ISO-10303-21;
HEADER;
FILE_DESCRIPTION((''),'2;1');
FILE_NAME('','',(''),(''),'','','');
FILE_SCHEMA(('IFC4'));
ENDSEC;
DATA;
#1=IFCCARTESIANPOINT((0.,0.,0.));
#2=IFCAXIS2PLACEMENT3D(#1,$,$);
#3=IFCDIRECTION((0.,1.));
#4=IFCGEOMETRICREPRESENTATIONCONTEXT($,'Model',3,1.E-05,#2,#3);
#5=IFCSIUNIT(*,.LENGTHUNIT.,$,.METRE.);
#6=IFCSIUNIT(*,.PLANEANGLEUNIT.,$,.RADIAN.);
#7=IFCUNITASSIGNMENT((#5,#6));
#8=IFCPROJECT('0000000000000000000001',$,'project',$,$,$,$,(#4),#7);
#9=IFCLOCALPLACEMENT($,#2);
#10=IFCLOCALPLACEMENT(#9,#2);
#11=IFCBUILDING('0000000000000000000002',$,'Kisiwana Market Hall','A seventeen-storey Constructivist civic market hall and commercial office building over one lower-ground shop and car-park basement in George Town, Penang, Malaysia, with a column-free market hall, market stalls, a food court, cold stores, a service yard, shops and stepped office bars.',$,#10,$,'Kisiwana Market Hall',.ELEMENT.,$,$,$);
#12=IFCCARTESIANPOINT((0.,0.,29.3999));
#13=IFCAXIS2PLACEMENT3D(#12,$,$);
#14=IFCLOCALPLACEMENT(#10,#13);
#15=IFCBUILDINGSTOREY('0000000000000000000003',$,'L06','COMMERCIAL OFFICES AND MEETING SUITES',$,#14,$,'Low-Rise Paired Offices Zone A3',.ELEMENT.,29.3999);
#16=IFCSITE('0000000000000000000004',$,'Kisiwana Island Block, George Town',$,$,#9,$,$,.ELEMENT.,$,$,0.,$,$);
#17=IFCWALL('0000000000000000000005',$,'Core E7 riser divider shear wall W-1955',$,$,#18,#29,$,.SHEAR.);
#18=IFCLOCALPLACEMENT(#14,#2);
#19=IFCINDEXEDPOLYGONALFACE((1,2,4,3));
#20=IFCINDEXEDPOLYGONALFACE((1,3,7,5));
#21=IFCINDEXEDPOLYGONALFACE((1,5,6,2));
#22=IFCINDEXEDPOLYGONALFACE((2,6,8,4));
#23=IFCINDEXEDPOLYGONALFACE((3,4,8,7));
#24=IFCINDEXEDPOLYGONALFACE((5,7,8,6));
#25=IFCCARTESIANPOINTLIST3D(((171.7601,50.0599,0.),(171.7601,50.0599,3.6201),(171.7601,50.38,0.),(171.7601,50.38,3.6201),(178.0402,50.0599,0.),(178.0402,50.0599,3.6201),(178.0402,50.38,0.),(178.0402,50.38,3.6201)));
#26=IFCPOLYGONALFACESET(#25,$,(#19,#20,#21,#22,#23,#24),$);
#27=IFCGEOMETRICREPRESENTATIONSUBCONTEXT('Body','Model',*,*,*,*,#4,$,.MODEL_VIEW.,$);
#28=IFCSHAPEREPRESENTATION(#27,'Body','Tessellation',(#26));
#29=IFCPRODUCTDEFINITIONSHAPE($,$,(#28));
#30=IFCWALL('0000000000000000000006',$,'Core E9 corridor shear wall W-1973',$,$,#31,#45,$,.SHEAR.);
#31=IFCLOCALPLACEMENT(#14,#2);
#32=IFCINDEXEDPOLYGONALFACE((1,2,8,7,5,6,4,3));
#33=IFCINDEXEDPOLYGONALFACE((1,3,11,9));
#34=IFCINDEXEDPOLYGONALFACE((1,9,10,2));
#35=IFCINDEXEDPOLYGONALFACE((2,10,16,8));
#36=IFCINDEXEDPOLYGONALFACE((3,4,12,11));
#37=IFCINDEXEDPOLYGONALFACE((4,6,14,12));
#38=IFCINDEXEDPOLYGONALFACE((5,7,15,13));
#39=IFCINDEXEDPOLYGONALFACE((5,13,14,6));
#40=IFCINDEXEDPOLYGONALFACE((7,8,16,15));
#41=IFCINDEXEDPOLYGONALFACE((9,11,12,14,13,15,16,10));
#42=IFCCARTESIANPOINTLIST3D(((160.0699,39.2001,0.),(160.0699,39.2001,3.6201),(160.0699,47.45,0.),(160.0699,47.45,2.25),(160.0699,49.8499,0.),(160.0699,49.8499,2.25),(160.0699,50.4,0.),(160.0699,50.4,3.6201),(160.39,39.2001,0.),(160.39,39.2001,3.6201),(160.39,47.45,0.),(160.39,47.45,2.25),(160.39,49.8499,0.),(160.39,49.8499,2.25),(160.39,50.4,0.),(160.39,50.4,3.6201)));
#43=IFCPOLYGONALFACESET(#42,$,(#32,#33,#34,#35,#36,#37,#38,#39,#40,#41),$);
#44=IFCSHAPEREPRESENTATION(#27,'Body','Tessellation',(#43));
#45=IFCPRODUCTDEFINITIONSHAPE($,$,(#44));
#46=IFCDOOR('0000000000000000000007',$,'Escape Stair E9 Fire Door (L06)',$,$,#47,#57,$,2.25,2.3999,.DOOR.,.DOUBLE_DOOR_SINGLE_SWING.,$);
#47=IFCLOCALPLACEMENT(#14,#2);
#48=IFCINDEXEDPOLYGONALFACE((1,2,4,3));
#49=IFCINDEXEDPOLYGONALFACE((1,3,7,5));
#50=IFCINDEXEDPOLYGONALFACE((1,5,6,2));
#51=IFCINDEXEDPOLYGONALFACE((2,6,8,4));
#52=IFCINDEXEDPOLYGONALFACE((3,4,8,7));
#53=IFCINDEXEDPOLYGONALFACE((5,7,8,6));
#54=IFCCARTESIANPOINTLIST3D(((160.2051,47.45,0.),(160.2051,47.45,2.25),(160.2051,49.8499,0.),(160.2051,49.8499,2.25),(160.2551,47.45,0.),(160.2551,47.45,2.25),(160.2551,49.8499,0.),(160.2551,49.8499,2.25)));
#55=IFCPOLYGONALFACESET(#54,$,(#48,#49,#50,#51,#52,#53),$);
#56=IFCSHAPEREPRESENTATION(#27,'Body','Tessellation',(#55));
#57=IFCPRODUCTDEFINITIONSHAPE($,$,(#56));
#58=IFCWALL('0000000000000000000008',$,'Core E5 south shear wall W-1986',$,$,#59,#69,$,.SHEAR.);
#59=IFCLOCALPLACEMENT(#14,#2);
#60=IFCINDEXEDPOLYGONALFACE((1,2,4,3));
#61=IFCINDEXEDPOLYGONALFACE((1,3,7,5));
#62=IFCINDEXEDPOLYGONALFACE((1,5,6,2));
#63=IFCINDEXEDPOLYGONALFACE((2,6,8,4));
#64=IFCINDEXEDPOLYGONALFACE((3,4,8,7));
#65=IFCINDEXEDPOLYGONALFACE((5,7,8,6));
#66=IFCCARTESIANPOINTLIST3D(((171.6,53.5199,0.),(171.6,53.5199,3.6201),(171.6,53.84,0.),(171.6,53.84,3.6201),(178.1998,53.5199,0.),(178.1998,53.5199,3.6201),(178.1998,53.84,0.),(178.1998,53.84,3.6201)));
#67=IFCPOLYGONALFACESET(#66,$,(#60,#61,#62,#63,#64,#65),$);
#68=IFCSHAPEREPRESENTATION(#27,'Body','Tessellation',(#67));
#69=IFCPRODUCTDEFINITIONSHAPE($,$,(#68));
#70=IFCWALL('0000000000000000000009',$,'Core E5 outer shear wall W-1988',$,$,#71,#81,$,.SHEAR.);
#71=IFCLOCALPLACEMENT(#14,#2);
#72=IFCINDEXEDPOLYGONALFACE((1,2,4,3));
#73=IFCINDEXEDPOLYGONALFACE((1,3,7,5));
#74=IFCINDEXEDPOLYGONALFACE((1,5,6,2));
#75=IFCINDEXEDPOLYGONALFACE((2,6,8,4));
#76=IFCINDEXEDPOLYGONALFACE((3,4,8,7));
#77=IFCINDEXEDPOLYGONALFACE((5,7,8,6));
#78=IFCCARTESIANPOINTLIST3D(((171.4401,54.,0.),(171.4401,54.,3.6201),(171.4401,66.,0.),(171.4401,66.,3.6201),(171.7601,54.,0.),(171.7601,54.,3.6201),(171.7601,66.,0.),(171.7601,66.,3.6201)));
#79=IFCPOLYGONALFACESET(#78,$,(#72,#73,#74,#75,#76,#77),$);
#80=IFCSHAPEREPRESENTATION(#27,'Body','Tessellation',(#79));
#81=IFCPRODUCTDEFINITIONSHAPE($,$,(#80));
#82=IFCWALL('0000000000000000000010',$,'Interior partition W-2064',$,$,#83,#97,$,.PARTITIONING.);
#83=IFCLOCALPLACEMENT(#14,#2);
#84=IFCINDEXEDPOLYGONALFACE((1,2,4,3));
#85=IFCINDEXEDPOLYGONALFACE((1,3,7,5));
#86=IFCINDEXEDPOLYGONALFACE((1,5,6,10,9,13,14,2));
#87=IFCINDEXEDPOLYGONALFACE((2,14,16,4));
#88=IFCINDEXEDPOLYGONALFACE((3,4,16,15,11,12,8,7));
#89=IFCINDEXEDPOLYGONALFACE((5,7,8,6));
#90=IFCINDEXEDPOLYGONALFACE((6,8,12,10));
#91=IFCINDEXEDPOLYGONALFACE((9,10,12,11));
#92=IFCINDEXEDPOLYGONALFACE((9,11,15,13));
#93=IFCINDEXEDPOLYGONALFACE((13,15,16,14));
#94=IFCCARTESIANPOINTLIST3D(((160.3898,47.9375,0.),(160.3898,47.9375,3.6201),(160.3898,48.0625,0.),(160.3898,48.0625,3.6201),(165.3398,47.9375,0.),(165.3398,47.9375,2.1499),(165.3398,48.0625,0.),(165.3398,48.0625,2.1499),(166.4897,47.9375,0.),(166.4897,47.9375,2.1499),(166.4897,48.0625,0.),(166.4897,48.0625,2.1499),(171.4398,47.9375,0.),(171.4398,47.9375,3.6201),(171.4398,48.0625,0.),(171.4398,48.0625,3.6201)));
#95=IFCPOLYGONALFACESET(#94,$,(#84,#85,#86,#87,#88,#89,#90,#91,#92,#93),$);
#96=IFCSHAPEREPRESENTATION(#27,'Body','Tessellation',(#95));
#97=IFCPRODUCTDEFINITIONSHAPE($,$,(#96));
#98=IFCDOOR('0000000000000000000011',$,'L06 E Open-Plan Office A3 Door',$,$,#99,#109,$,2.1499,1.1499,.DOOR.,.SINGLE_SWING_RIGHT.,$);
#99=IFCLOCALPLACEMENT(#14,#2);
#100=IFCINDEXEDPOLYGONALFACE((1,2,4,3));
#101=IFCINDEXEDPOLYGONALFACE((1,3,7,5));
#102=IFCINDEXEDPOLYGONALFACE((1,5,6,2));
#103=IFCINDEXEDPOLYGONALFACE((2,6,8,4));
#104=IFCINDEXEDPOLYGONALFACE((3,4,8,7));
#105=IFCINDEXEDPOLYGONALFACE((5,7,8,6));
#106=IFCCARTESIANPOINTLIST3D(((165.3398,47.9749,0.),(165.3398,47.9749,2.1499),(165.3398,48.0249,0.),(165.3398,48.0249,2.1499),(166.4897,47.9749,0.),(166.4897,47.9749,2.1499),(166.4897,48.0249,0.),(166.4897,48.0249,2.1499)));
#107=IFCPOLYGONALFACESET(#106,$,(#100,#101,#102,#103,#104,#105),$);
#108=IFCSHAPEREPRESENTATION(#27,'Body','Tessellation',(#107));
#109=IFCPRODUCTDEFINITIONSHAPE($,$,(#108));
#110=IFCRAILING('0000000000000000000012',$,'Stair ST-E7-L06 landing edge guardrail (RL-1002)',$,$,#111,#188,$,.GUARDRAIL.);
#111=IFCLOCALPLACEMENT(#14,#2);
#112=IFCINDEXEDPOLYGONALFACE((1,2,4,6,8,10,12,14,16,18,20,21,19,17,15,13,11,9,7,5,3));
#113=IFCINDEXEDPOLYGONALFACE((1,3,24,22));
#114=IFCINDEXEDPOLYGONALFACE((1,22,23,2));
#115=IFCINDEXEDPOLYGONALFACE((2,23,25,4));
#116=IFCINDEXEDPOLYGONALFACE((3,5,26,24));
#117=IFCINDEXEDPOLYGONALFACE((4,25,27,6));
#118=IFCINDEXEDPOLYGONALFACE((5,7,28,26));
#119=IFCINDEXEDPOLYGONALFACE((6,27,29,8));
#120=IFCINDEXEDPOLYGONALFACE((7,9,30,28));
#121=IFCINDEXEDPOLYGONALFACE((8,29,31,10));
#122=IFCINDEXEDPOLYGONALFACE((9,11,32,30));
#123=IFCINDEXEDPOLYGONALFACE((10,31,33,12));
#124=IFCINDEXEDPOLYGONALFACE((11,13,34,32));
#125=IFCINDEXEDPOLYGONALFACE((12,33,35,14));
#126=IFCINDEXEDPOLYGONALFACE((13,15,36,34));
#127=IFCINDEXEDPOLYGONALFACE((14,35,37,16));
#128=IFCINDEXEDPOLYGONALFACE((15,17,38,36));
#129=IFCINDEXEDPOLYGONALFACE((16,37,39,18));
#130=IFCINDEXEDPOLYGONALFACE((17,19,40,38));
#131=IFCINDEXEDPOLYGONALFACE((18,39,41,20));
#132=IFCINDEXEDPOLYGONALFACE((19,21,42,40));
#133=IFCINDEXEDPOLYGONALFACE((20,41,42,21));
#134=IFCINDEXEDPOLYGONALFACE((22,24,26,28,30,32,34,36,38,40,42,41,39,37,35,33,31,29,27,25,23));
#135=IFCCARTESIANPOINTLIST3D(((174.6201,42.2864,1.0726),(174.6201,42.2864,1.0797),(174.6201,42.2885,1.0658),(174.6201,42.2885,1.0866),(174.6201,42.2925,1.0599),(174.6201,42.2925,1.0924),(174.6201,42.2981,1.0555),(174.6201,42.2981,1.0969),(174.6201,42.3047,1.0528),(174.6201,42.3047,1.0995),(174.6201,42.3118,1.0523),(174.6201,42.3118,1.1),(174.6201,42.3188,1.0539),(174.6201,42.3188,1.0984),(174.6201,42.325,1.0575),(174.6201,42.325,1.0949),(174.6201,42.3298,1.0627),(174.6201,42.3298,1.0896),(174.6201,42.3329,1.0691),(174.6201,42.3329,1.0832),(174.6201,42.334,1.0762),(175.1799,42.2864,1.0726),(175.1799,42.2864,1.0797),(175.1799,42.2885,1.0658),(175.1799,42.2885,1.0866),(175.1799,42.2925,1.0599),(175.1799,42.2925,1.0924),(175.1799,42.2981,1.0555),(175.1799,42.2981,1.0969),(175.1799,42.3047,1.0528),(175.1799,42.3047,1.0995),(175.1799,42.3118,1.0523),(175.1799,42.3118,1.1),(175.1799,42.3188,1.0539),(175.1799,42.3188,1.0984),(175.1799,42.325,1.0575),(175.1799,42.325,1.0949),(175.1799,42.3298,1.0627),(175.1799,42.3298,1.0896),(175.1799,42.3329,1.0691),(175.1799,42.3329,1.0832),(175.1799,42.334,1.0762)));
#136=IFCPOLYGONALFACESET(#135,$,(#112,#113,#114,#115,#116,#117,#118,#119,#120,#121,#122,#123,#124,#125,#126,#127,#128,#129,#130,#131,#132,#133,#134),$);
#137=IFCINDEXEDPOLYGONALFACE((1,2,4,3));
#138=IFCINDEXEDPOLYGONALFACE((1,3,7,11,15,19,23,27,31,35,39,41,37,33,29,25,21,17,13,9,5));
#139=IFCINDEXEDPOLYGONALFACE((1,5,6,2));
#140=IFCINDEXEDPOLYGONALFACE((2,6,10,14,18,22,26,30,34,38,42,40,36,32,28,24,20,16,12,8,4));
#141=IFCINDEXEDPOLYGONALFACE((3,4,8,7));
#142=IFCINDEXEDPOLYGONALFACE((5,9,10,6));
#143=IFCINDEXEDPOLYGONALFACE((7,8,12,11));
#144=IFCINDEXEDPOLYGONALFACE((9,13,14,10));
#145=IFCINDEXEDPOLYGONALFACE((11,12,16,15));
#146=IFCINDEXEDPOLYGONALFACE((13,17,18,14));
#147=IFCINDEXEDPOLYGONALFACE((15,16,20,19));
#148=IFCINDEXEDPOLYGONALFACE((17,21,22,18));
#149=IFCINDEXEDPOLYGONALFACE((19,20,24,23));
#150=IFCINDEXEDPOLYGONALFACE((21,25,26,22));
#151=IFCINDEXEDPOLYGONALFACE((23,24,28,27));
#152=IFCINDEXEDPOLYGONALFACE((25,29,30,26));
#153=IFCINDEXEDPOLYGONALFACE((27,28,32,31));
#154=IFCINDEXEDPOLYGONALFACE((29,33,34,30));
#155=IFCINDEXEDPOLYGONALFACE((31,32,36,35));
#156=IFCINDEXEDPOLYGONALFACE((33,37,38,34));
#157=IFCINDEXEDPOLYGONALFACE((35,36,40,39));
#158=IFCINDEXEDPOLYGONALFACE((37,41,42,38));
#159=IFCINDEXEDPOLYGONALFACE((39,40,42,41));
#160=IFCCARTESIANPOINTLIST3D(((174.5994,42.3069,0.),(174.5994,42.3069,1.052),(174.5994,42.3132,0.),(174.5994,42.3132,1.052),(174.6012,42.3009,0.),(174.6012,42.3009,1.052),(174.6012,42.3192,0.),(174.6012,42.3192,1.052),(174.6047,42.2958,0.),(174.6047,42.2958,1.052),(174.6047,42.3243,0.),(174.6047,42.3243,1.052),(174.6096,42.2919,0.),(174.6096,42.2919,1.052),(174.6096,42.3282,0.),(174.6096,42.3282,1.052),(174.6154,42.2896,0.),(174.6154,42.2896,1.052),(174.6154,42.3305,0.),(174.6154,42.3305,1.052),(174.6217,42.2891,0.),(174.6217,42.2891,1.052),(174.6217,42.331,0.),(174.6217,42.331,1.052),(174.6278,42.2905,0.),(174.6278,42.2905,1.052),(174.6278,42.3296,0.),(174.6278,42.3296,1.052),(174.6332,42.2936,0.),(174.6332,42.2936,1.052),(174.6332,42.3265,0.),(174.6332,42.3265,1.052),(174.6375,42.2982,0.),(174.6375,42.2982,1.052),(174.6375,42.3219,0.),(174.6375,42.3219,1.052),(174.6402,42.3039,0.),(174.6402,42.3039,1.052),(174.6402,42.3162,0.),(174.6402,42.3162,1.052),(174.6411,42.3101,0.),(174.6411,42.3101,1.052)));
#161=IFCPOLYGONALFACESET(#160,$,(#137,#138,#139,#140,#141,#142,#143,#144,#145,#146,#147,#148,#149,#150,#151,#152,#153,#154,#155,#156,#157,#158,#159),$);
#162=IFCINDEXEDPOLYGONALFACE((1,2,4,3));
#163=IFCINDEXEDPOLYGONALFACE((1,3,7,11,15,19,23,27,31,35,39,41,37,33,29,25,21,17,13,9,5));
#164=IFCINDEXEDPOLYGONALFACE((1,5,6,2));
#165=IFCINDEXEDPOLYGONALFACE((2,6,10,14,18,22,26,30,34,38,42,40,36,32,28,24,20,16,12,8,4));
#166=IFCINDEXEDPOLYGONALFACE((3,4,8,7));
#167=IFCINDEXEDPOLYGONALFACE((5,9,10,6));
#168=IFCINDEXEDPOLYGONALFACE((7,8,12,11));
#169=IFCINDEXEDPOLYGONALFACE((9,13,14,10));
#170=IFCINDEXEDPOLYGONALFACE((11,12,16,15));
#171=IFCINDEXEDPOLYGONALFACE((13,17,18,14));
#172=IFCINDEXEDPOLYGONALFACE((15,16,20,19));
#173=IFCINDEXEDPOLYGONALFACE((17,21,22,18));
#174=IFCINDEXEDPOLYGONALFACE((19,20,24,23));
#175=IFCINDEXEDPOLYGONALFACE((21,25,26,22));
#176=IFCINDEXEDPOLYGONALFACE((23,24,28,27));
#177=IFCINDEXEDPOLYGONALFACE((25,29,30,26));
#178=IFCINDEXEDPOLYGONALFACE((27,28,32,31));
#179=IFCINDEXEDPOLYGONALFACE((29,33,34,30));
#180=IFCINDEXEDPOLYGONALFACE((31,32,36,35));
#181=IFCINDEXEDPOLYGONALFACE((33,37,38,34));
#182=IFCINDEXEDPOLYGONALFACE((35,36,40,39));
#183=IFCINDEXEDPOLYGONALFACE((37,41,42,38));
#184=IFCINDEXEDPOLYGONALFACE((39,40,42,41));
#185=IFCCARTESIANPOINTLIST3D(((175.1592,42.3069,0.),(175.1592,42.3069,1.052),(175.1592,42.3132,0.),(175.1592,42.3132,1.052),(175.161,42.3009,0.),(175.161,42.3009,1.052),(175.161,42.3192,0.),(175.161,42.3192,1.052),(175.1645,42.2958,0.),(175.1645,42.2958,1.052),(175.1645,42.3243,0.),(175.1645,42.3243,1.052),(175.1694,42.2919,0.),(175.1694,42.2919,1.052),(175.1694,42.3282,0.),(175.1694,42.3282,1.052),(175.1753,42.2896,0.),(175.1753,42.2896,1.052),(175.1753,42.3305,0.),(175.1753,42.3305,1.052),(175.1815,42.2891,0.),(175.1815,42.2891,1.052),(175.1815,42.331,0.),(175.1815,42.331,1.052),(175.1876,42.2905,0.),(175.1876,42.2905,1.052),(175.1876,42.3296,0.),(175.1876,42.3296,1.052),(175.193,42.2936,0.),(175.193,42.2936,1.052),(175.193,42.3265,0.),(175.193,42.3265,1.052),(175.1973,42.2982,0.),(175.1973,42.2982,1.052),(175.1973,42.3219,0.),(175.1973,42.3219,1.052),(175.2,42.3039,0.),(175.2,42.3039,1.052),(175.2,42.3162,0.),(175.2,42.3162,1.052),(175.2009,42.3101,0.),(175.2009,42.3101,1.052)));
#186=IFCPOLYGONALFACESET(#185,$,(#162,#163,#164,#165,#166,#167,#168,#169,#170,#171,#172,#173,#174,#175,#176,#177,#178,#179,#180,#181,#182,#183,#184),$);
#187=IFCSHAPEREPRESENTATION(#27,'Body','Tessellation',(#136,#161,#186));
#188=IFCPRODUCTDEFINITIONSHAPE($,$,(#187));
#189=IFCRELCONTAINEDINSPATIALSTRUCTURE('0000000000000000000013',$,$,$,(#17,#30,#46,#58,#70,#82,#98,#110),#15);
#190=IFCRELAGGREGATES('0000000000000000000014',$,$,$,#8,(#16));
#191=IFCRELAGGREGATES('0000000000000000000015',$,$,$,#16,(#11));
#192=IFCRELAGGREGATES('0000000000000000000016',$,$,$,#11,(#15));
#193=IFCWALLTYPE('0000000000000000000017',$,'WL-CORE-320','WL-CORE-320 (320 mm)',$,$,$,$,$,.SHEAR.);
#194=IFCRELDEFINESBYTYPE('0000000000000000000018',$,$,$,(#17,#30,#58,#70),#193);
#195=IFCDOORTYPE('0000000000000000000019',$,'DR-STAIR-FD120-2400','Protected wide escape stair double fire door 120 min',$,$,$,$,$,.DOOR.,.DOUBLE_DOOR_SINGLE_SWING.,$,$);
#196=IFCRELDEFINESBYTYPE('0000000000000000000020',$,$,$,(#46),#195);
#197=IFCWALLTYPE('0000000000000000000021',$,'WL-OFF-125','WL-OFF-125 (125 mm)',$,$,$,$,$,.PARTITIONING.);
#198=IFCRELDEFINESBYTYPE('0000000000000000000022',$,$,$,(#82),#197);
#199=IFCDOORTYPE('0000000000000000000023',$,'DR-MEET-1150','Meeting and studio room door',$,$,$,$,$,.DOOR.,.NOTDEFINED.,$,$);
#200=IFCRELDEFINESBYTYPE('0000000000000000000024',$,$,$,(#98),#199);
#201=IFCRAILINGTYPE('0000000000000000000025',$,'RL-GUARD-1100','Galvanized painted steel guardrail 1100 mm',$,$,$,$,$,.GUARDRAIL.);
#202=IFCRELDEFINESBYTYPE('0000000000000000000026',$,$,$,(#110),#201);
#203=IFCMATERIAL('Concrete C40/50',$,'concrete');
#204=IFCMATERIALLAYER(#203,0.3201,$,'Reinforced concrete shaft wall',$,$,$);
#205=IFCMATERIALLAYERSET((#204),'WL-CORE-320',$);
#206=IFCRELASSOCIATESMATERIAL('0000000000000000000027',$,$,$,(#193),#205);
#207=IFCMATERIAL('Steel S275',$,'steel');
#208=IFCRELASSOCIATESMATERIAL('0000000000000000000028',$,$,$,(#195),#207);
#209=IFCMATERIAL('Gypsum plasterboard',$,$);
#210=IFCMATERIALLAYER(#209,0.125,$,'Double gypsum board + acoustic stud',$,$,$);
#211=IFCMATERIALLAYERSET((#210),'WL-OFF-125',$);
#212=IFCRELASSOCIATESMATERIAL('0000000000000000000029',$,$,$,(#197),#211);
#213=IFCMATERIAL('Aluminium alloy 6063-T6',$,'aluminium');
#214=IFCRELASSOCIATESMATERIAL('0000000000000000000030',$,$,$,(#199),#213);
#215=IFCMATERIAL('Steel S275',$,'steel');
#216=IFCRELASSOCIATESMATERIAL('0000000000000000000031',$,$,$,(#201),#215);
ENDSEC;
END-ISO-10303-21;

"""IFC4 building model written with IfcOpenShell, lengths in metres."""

from ifc_helpers import new_model, si_unit, direction, frame, frame_2d, origin, origin_2d, place, context, subcontext, project, spatial, rectangle, circle, extrude, material, layer, layer_set, type_object, element, fill, save


model = new_model("IFC4")

# Units and contexts
model_context = context("Model", 3, precision=1e-05, world=origin(), true_north=direction((0.0, 1.0)))
body_context = subcontext(model_context, "Body", "Model", "MODEL_VIEW")
ifc_project = project(units=[si_unit("LENGTHUNIT", "METRE"), si_unit("PLANEANGLEUNIT", "RADIAN")], contexts=[model_context])

# Site, building, storey
site_placement = place(None, origin())
site = spatial("IfcSite", under=ifc_project, at=site_placement, Name="Kisiwana Island Block, George Town", CompositionType="ELEMENT", RefElevation=0.0)
building_placement = place(site_placement, origin())
building = spatial("IfcBuilding", under=site, at=building_placement, Name="Kisiwana Market Hall", Description="A seventeen-storey Constructivist civic market hall and commercial office building over one lower-ground shop and car-park basement in George Town, Penang, Malaysia, with a column-free market hall, market stalls, a food court, cold stores, a service yard, shops and stepped office bars.", LongName="Kisiwana Market Hall", CompositionType="ELEMENT")
storey_placement = place(building_placement, frame((0.0, 0.0, 29.3999)))
storey = spatial("IfcBuildingStorey", under=building, at=storey_placement, Name="L06", Description="COMMERCIAL OFFICES AND MEETING SUITES", LongName="Low-Rise Paired Offices Zone A3", CompositionType="ELEMENT", Elevation=29.3999)

# Shared definitions
ifc_material_1 = material(Name="Concrete C40/50", Category="concrete")
ifc_layer_1 = layer(ifc_material_1, 0.3201, Name="Reinforced concrete shaft wall")
ifc_layer_set_1 = layer_set([ifc_layer_1], Name="WL-CORE-320")
wall_type_1 = type_object("IfcWallType", Name="WL-CORE-320", Description="WL-CORE-320 (320 mm)", PredefinedType="SHEAR", material=ifc_layer_set_1)

# Shared definitions
ifc_material_2 = material(Name="Steel S275", Category="steel")
door_type_1 = type_object("IfcDoorType", Name="DR-STAIR-FD120-2400", Description="Protected wide escape stair double fire door 120 min", OperationType="DOUBLE_DOOR_SINGLE_SWING", PredefinedType="DOOR", material=ifc_material_2)

# Wall
wall_1_placement = place(storey_placement, frame((171.76, 50.22, 0.0), z_axis=(0.0, 0.0, 1.0), x_axis=(1.0, 0.0, 0.0)))
element("IfcWall", 1, at=wall_1_placement, inside=storey, type_object=wall_type_1, Name="Core E7 riser divider shear wall W-1955", PredefinedType="SHEAR", context=body_context, shape_type="SweptSolid", body=[
    extrude(rectangle(XDim=6.28, YDim=0.3201, at=frame_2d((3.1401, 0.0))), origin(), (0.0, 0.0, 1.0), 3.6201),
])

# Wall, opening, door
wall_2_placement = place(storey_placement, frame((160.23, 39.2, 0.0), z_axis=(0.0, 0.0, 1.0), x_axis=(0.0, 1.0, 0.0)))
wall_2 = element("IfcWall", 2, at=wall_2_placement, inside=storey, type_object=wall_type_1, Name="Core E9 corridor shear wall W-1973", PredefinedType="SHEAR", context=body_context, shape_type="SweptSolid", body=[
    extrude(rectangle(XDim=11.2, YDim=0.3201, at=frame_2d((5.6001, 0.0))), origin(), (0.0, 0.0, 1.0), 3.6201),
])
opening_1_placement = place(wall_2_placement, frame((8.25, 0.0, 0.0)))
opening_1 = element("IfcOpeningElement", 3, at=opening_1_placement, cuts=wall_2, PredefinedType="OPENING", context=body_context, shape_type="SweptSolid", body=[
    extrude(rectangle(XDim=2.3999, YDim=2.25, at=frame_2d((1.2, 1.125))), frame((0.0, 0.1719, 0.0), z_axis=(0.0, -1.0, 0.0), x_axis=(1.0, 0.0, 0.0)), (0.0, 0.0, 1.0), 0.344),
])
door_1_placement = place(opening_1_placement, origin())
door_1 = element("IfcDoor", 4, at=door_1_placement, inside=storey, type_object=door_type_1, Name="Escape Stair E9 Fire Door (L06)", OperationType="DOUBLE_DOOR_SINGLE_SWING", OverallHeight=2.25, OverallWidth=2.3999, PredefinedType="DOOR", context=body_context, shape_type="SweptSolid", body=[
    extrude(rectangle(XDim=2.3999, YDim=2.25, at=frame_2d((1.2, 1.125))), frame((0.0, 0.0249, 0.0), z_axis=(0.0, -1.0, 0.0), x_axis=(1.0, 0.0, 0.0)), (0.0, 0.0, 1.0), 0.05),
])
fill(opening_1, door_1)

# Walls
wall_3_placement = place(storey_placement, frame((171.6001, 53.6799, 0.0), z_axis=(0.0, 0.0, 1.0), x_axis=(1.0, 0.0, 0.0)))
element("IfcWall", 5, at=wall_3_placement, inside=storey, type_object=wall_type_1, Name="Core E5 south shear wall W-1986", PredefinedType="SHEAR", context=body_context, shape_type="SweptSolid", body=[
    extrude(rectangle(XDim=6.5999, YDim=0.3201, at=frame_2d((3.2998, 0.0))), origin(), (0.0, 0.0, 1.0), 3.6201),
])
wall_4_placement = place(storey_placement, frame((171.6001, 54.0, 0.0), z_axis=(0.0, 0.0, 1.0), x_axis=(0.0, 1.0, 0.0)))
element("IfcWall", 6, at=wall_4_placement, inside=storey, type_object=wall_type_1, Name="Core E5 outer shear wall W-1988", PredefinedType="SHEAR", context=body_context, shape_type="SweptSolid", body=[
    extrude(rectangle(XDim=12.0, YDim=0.3201, at=frame_2d((6.0, 0.0))), origin(), (0.0, 0.0, 1.0), 3.6201),
])

# Wall, opening, door
ifc_material_3 = material(Name="Gypsum plasterboard")
ifc_layer_2 = layer(ifc_material_3, 0.125, Name="Double gypsum board + acoustic stud")
ifc_layer_set_2 = layer_set([ifc_layer_2], Name="WL-OFF-125")
wall_type_2 = type_object("IfcWallType", Name="WL-OFF-125", Description="WL-OFF-125 (125 mm)", PredefinedType="PARTITIONING", material=ifc_layer_set_2)
wall_5_placement = place(storey_placement, frame((160.3899, 48.0, 0.0), z_axis=(0.0, 0.0, 1.0), x_axis=(1.0, 0.0, 0.0)))
wall_5 = element("IfcWall", 7, at=wall_5_placement, inside=storey, type_object=wall_type_2, Name="Interior partition W-2064", PredefinedType="PARTITIONING", context=body_context, shape_type="SweptSolid", body=[
    extrude(rectangle(XDim=11.05, YDim=0.125, at=frame_2d((5.5249, 0.0))), origin(), (0.0, 0.0, 1.0), 3.6201),
])
opening_2_placement = place(wall_5_placement, frame((4.95, 0.0, 0.0)))
opening_2 = element("IfcOpeningElement", 8, at=opening_2_placement, cuts=wall_5, PredefinedType="OPENING", context=body_context, shape_type="SweptSolid", body=[
    extrude(rectangle(XDim=1.1499, YDim=2.1499, at=frame_2d((0.575, 1.075))), frame((0.0, 0.0745, 0.0), z_axis=(0.0, -1.0, 0.0), x_axis=(1.0, 0.0, 0.0)), (0.0, 0.0, 1.0), 0.1489),
])
ifc_material_4 = material(Name="Aluminium alloy 6063-T6", Category="aluminium")
door_type_2 = type_object("IfcDoorType", Name="DR-MEET-1150", Description="Meeting and studio room door", OperationType="NOTDEFINED", PredefinedType="DOOR", material=ifc_material_4)
door_2_placement = place(opening_2_placement, origin())
door_2 = element("IfcDoor", 9, at=door_2_placement, inside=storey, type_object=door_type_2, Name="L06 E Open-Plan Office A3 Door", OperationType="SINGLE_SWING_RIGHT", OverallHeight=2.1499, OverallWidth=1.1499, PredefinedType="DOOR", context=body_context, shape_type="SweptSolid", body=[
    extrude(rectangle(XDim=1.1499, YDim=2.1499, at=frame_2d((0.575, 1.075))), frame((0.0, 0.0249, 0.0), z_axis=(0.0, -1.0, 0.0), x_axis=(1.0, 0.0, 0.0)), (0.0, 0.0, 1.0), 0.05),
])
fill(opening_2, door_2)

# Railing
ifc_material_5 = material(Name="Steel S275", Category="steel")
railing_type_1 = type_object("IfcRailingType", Name="RL-GUARD-1100", Description="Galvanized painted steel guardrail 1100 mm", PredefinedType="GUARDRAIL", material=ifc_material_5)
railing_1_placement = place(storey_placement, frame((174.6201, 42.3101, 0.0)))
element("IfcRailing", 10, at=railing_1_placement, inside=storey, type_object=railing_type_1, Name="Stair ST-E7-L06 landing edge guardrail (RL-1002)", PredefinedType="GUARDRAIL", context=body_context, shape_type="SweptSolid", body=[
    extrude(circle(Radius=0.0239, at=origin_2d()), frame((0.0, 0.0, 1.0762), z_axis=(1.0, 0.0, 0.0), x_axis=(0.0, 1.0, 0.0)), (0.0, 0.0, 1.0), 0.5598),
    extrude(circle(Radius=0.021, at=origin_2d()), origin(), (0.0, 0.0, 1.0), 1.052),
    extrude(circle(Radius=0.021, at=origin_2d()), frame((0.5598, 0.0, 0.0)), (0.0, 0.0, 1.0), 1.052),
])

save(model, "model.ifc")
